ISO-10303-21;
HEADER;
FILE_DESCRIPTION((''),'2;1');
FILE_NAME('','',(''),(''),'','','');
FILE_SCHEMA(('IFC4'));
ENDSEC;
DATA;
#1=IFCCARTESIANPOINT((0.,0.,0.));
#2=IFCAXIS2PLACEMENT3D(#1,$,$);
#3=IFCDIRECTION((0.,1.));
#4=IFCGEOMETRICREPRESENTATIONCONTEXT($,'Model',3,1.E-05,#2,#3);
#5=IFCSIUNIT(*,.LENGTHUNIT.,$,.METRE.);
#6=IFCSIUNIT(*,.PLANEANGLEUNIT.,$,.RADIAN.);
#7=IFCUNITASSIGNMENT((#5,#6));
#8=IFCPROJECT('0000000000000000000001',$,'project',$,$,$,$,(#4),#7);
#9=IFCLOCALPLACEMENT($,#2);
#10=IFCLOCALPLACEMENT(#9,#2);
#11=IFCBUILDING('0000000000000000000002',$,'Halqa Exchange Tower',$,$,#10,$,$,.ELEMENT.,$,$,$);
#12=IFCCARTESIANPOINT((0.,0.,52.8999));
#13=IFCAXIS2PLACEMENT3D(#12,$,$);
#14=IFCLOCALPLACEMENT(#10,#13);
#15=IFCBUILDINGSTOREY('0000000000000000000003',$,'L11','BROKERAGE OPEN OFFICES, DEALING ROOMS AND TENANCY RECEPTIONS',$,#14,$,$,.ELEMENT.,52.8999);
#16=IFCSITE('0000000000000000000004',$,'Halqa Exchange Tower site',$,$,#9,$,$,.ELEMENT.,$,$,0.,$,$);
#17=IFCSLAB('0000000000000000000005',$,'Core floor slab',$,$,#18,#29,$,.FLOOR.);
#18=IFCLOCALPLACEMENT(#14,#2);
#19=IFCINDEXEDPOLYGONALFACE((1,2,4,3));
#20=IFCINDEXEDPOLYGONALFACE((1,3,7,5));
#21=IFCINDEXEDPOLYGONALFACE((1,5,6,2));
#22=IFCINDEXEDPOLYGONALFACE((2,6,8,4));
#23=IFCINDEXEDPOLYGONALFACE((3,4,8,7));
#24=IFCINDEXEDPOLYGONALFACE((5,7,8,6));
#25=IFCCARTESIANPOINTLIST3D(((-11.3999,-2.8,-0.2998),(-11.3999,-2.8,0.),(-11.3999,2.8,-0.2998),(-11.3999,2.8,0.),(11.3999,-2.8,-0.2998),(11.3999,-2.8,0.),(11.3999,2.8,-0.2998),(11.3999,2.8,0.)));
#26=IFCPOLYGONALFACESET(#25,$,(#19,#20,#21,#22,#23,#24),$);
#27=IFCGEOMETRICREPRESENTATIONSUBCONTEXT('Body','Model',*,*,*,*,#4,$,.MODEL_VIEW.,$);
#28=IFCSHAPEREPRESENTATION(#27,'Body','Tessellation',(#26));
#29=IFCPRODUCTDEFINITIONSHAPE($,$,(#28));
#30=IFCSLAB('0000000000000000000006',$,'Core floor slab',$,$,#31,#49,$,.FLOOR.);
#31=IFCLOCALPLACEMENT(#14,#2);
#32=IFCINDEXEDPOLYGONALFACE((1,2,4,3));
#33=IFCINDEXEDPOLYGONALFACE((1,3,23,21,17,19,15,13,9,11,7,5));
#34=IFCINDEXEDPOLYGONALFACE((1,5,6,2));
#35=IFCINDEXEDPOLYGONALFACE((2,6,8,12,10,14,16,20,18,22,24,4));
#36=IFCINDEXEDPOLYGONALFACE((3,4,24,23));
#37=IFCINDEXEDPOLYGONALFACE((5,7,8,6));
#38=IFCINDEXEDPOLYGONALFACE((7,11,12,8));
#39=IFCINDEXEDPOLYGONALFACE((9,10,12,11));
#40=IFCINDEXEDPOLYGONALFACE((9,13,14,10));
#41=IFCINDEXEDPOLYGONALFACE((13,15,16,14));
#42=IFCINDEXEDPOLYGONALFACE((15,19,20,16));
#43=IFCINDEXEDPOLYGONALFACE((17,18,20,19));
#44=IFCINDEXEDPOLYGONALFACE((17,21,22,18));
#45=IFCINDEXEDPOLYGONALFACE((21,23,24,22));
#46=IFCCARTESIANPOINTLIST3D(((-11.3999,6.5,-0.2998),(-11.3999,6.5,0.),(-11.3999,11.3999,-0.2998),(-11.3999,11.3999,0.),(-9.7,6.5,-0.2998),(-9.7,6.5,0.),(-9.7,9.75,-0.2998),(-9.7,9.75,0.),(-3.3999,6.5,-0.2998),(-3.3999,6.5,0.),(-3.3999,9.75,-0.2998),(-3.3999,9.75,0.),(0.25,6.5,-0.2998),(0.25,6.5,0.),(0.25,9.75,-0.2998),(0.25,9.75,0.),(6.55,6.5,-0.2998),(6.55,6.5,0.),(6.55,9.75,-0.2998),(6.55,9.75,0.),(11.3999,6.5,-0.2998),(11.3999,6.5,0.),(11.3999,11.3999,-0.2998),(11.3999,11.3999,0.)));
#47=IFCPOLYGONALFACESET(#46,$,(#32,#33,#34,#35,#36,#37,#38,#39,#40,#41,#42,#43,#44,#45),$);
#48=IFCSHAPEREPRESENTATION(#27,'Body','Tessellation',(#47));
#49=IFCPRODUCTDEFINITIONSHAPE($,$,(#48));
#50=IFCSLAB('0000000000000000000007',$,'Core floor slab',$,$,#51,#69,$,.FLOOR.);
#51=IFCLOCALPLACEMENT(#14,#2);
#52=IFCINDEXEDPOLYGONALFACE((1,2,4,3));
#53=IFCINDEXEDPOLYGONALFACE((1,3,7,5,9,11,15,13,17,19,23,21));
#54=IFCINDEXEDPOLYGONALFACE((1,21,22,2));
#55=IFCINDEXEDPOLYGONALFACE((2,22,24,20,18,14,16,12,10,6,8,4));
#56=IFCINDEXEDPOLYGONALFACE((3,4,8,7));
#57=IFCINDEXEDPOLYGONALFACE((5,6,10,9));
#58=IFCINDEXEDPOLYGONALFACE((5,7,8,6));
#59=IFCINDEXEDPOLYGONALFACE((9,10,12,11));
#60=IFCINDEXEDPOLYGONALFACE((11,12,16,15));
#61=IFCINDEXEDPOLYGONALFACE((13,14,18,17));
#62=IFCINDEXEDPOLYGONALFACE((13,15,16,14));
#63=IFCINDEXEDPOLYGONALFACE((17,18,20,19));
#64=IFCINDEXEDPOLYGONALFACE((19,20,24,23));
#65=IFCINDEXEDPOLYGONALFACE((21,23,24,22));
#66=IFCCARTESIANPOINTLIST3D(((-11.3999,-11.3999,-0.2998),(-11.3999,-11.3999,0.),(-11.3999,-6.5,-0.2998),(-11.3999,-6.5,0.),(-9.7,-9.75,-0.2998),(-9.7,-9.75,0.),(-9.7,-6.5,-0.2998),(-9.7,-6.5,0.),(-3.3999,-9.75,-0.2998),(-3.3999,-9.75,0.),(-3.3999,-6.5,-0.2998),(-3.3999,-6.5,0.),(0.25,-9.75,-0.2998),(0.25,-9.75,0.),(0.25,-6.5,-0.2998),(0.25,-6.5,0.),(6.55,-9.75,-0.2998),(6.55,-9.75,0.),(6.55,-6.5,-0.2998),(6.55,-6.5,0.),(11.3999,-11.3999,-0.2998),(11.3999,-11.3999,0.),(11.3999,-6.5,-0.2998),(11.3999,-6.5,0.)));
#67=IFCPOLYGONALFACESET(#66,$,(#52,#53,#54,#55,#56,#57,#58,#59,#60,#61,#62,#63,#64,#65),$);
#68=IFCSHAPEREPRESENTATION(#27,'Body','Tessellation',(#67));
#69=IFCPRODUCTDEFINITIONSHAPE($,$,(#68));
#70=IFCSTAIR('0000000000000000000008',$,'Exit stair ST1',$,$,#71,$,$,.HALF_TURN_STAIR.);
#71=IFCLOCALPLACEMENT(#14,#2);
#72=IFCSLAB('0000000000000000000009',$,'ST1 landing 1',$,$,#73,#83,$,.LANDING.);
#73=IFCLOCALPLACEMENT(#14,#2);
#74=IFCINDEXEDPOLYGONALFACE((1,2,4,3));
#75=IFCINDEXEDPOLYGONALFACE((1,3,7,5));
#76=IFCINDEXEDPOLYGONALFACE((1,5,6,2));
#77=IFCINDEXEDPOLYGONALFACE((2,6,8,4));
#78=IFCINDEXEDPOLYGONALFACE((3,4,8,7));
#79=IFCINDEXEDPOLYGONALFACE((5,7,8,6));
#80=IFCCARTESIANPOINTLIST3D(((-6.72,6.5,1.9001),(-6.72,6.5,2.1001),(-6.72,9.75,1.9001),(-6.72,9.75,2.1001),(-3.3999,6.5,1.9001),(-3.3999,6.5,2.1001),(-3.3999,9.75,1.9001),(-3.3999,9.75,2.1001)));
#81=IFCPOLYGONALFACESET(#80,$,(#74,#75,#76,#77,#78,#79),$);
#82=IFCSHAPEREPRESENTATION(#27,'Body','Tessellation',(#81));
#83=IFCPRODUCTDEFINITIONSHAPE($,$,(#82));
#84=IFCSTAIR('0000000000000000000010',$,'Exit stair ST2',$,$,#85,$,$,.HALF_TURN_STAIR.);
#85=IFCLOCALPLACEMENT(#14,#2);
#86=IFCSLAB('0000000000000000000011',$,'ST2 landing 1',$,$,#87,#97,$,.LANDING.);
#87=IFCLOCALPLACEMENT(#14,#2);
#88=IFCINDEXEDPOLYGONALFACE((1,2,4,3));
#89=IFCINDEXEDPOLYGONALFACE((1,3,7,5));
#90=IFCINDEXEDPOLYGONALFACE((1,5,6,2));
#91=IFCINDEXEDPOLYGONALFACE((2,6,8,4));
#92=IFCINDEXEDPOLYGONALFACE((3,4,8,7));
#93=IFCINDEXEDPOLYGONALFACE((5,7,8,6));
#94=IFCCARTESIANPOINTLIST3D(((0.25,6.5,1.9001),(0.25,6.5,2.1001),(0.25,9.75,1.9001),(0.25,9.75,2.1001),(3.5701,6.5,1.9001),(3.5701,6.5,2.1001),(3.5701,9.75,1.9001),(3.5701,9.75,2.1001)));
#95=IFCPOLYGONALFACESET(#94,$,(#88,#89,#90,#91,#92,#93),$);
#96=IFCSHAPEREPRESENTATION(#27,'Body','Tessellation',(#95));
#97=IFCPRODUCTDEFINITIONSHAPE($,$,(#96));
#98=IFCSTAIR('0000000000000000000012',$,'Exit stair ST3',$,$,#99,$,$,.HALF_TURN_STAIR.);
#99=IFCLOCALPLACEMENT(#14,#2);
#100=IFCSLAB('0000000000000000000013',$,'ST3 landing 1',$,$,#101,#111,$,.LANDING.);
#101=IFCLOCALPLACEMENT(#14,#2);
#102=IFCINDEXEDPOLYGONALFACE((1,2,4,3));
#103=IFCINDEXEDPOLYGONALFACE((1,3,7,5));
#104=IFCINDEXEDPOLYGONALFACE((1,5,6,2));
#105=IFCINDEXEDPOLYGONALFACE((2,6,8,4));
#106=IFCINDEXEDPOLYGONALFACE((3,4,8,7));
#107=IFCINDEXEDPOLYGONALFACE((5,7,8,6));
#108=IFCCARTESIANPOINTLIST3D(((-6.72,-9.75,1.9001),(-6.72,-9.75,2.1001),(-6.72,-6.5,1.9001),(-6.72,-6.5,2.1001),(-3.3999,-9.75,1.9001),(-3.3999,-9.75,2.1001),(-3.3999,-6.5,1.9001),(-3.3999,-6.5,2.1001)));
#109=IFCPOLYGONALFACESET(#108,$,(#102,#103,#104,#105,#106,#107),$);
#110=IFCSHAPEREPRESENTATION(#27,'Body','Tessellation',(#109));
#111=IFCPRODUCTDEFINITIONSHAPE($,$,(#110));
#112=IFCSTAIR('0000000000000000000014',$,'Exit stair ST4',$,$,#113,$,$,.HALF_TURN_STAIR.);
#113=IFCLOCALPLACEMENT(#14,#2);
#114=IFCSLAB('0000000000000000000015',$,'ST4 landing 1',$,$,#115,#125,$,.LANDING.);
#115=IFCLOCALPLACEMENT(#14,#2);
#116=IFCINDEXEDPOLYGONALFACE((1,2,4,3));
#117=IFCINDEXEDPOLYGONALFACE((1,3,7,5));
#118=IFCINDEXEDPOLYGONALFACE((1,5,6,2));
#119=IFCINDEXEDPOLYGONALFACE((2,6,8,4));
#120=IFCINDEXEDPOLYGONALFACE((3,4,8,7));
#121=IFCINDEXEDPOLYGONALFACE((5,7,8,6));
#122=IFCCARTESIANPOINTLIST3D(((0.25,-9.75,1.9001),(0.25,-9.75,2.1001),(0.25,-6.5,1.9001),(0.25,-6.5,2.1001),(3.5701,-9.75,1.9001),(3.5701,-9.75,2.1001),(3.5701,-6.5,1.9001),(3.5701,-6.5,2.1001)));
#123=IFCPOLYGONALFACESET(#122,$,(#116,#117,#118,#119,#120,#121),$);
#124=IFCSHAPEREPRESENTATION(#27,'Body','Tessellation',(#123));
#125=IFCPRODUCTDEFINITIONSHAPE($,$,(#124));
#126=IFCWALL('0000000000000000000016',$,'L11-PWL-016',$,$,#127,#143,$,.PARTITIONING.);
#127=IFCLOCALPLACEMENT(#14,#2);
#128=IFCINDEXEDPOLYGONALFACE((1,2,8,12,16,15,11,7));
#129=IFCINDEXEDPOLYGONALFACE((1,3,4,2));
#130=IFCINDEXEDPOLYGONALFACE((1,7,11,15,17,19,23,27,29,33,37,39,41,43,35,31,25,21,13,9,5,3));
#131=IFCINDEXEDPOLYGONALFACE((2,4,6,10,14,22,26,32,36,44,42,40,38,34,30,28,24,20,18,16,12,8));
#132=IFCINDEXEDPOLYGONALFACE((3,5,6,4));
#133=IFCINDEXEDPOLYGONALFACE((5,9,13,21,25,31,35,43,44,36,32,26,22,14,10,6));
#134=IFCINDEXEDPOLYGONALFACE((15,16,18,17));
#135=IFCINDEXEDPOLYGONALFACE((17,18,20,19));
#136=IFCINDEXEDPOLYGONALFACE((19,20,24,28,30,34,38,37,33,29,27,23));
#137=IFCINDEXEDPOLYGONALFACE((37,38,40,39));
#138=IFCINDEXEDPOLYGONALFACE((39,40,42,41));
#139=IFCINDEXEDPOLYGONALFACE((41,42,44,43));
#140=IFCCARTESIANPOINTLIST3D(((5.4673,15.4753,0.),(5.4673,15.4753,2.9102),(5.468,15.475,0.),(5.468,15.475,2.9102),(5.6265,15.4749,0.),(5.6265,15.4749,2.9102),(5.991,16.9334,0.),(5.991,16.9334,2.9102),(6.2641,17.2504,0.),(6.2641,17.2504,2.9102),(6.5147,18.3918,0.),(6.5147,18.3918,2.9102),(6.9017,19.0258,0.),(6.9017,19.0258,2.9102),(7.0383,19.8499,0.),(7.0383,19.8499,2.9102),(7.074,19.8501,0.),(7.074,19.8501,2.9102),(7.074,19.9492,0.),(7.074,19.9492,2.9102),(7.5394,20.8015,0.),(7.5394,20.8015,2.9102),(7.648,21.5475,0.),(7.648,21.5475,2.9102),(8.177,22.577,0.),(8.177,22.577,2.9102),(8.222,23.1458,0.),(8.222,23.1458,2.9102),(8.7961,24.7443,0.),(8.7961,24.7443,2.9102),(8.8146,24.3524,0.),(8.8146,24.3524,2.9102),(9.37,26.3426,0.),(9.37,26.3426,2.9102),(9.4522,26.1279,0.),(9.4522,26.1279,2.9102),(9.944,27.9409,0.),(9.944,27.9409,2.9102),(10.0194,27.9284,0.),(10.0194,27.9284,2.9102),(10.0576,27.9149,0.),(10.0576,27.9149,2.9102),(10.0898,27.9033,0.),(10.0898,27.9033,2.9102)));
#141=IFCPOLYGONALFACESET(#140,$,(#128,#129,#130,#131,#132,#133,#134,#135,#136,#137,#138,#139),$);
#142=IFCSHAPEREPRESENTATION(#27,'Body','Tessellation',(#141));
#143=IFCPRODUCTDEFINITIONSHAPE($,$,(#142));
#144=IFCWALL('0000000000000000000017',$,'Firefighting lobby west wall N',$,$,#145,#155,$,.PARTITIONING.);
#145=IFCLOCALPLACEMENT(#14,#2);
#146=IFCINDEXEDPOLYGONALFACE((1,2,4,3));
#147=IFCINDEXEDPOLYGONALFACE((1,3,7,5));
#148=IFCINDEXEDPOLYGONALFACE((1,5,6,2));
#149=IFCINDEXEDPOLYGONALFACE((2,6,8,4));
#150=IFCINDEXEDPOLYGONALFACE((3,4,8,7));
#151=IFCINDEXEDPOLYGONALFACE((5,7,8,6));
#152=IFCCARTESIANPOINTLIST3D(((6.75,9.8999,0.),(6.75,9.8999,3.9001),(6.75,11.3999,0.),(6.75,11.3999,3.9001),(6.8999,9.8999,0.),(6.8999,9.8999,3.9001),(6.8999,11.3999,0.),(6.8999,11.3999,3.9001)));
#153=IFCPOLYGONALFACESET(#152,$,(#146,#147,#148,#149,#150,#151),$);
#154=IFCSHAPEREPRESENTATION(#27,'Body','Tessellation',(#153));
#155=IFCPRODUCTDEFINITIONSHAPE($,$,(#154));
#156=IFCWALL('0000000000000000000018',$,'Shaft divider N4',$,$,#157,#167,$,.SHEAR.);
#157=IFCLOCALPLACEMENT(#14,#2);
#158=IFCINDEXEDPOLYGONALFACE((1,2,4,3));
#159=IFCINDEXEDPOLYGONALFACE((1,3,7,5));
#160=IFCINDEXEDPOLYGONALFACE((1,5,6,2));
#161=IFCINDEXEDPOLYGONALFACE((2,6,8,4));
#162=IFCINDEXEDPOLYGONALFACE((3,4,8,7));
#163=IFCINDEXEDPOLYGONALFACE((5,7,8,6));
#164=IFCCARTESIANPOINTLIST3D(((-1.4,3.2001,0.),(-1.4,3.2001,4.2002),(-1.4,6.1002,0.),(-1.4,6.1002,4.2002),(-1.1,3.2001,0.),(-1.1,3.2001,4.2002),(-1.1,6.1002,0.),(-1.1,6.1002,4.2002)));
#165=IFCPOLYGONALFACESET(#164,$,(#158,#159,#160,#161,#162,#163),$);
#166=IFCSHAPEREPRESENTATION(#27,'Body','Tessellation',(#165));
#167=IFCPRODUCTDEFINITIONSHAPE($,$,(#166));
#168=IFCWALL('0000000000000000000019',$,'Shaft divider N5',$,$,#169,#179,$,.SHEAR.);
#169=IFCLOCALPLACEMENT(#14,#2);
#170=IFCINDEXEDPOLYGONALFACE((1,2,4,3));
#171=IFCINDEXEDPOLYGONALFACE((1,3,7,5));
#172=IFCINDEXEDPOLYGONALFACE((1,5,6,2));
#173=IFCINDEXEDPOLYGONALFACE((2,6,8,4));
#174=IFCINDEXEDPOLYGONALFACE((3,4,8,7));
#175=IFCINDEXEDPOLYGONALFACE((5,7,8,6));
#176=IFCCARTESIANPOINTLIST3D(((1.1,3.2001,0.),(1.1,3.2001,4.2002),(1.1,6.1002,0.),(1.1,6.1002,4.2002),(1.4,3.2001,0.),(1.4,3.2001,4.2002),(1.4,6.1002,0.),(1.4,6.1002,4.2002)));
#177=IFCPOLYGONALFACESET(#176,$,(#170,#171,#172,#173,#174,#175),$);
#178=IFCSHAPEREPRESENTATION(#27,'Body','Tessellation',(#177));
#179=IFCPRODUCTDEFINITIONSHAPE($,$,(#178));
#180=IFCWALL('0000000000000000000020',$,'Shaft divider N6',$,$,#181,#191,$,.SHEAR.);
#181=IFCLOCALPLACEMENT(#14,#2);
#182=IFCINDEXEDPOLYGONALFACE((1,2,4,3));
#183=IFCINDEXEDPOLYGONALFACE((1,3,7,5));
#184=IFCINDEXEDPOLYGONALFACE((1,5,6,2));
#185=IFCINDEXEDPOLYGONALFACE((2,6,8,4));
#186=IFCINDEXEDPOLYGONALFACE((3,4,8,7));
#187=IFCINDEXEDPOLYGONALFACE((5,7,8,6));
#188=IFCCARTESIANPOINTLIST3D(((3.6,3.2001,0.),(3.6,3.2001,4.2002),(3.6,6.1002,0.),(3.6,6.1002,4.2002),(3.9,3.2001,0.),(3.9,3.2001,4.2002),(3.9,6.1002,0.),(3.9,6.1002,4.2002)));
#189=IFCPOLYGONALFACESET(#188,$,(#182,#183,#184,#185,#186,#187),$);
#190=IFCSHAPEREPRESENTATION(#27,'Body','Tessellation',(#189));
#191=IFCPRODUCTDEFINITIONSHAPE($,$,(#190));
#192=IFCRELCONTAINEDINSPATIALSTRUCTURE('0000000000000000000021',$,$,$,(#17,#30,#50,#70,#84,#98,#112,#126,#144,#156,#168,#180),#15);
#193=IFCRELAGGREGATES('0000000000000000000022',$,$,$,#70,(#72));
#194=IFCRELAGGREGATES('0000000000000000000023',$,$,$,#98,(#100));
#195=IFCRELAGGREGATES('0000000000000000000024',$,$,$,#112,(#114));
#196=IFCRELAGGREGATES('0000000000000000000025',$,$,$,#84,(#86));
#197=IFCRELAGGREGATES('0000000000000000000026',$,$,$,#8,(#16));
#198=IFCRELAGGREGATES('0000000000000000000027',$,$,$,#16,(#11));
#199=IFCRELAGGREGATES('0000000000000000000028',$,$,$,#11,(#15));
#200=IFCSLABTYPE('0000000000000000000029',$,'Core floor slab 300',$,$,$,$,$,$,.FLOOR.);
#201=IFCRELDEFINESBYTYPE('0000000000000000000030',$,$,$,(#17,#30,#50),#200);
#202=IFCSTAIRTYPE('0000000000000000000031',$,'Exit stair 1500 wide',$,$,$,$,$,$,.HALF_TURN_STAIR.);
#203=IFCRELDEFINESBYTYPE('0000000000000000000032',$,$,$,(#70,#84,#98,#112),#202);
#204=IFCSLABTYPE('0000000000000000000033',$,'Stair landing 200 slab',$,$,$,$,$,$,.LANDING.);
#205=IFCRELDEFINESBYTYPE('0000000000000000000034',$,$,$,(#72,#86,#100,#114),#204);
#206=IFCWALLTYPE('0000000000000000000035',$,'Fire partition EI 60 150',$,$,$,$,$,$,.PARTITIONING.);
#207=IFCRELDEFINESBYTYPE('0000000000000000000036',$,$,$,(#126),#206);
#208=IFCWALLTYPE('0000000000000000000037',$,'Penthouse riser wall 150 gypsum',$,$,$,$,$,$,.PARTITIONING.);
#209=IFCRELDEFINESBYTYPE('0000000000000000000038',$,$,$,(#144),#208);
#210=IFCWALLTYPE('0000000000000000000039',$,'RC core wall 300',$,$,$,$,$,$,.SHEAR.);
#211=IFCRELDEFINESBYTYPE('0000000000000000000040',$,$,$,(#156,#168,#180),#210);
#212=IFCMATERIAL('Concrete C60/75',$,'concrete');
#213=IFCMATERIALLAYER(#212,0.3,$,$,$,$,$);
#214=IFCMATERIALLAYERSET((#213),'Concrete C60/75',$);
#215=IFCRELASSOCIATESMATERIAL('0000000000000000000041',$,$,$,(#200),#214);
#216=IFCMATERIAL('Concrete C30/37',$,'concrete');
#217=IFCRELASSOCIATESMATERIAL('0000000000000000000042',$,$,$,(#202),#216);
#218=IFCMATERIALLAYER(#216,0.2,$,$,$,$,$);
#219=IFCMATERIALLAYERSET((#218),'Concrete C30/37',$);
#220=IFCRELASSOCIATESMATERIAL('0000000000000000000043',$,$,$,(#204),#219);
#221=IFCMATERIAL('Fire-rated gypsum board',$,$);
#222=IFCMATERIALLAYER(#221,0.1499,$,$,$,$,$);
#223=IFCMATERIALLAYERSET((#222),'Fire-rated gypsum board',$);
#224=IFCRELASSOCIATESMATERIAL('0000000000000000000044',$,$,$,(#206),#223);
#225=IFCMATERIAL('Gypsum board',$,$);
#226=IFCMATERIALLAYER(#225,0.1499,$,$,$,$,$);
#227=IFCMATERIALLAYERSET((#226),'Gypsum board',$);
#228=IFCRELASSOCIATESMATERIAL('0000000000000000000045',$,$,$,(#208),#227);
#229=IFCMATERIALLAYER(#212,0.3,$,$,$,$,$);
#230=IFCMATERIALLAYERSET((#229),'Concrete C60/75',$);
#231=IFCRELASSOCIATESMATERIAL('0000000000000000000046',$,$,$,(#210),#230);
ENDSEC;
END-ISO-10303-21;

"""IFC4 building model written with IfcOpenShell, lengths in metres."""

from ifc_helpers import new_model, si_unit, direction, frame, frame_2d, origin, place, context, subcontext, project, spatial, polyline, rectangle, outline, extrude, material, layer, layer_set, type_object, element, aggregate, save


model = new_model("IFC4")

# Units and contexts
model_context = context("Model", 3, precision=1e-05, world=origin(), true_north=direction((0.0, 1.0)))
body_context = subcontext(model_context, "Body", "Model", "MODEL_VIEW")
ifc_project = project(units=[si_unit("LENGTHUNIT", "METRE"), si_unit("PLANEANGLEUNIT", "RADIAN")], contexts=[model_context])

# Site, building, storey
site_placement = place(None, origin())
site = spatial("IfcSite", under=ifc_project, at=site_placement, Name="Halqa Exchange Tower site", CompositionType="ELEMENT", RefElevation=0.0)
building_placement = place(site_placement, origin())
building = spatial("IfcBuilding", under=site, at=building_placement, Name="Halqa Exchange Tower", CompositionType="ELEMENT")
storey_placement = place(building_placement, frame((0.0, 0.0, 52.8999)))
storey = spatial("IfcBuildingStorey", under=building, at=storey_placement, Name="L11", Description="BROKERAGE OPEN OFFICES, DEALING ROOMS AND TENANCY RECEPTIONS", CompositionType="ELEMENT", Elevation=52.8999)

# Shared definitions
ifc_material_1 = material(Name="Concrete C60/75", Category="concrete")

# Slabs
ifc_layer_1 = layer(ifc_material_1, 0.3)
ifc_layer_set_1 = layer_set([ifc_layer_1], Name="Concrete C60/75")
slab_type_1 = type_object("IfcSlabType", Name="Core floor slab 300", PredefinedType="FLOOR", material=ifc_layer_set_1)
slab_1_placement = place(storey_placement, frame((0.0, 0.0, -0.2998)))
element("IfcSlab", 1, at=slab_1_placement, inside=storey, type_object=slab_type_1, Name="Core floor slab", PredefinedType="FLOOR", context=body_context, shape_type="SweptSolid", body=[
    extrude(outline(polyline([(-11.3999, 2.8), (11.3999, 2.8), (11.3999, -2.8), (-11.3999, -2.8), (-11.3999, 2.8)])), origin(), (0.0, 0.0, 1.0), 0.2998),
])
slab_2_placement = place(storey_placement, frame((0.0, 0.0, -0.2998)))
element("IfcSlab", 2, at=slab_2_placement, inside=storey, type_object=slab_type_1, Name="Core floor slab", PredefinedType="FLOOR", context=body_context, shape_type="SweptSolid", body=[
    extrude(outline(polyline([(-11.3999, 11.3999), (11.3999, 11.3999), (11.3999, 6.5), (6.55, 6.5), (6.55, 9.75), (0.25, 9.75), (0.25, 6.5), (-3.3999, 6.5), (-3.3999, 9.75), (-9.7, 9.75), (-9.7, 6.5), (-11.3999, 6.5), (-11.3999, 11.3999)])), origin(), (0.0, 0.0, 1.0), 0.2998),
])
slab_3_placement = place(storey_placement, frame((0.0, 0.0, -0.2998)))
element("IfcSlab", 3, at=slab_3_placement, inside=storey, type_object=slab_type_1, Name="Core floor slab", PredefinedType="FLOOR", context=body_context, shape_type="SweptSolid", body=[
    extrude(outline(polyline([(-9.7, -9.75), (-3.3999, -9.75), (-3.3999, -6.5), (0.25, -6.5), (0.25, -9.75), (6.55, -9.75), (6.55, -6.5), (11.3999, -6.5), (11.3999, -11.3999), (-11.3999, -11.3999), (-11.3999, -6.5), (-9.7, -6.5), (-9.7, -9.75)])), origin(), (0.0, 0.0, 1.0), 0.2998),
])

# Stairs, slabs
ifc_material_2 = material(Name="Concrete C30/37", Category="concrete")
stair_type = type_object("IfcStairType", Name="Exit stair 1500 wide", PredefinedType="HALF_TURN_STAIR", material=ifc_material_2)
stair_1_placement = place(storey_placement, origin())
stair_1 = element("IfcStair", 4, at=stair_1_placement, inside=storey, type_object=stair_type, Name="Exit stair ST1", PredefinedType="HALF_TURN_STAIR")
ifc_layer_2 = layer(ifc_material_2, 0.2)
ifc_layer_set_2 = layer_set([ifc_layer_2], Name="Concrete C30/37")
slab_type_2 = type_object("IfcSlabType", Name="Stair landing 200 slab", PredefinedType="LANDING", material=ifc_layer_set_2)
slab_4_placement = place(storey_placement, frame((0.0, 0.0, 1.9001)))
slab_4 = element("IfcSlab", 5, at=slab_4_placement, type_object=slab_type_2, Name="ST1 landing 1", PredefinedType="LANDING", context=body_context, shape_type="SweptSolid", body=[
    extrude(outline(polyline([(-6.72, 6.5), (-3.3999, 6.5), (-3.3999, 9.75), (-6.72, 9.75), (-6.72, 6.5)])), origin(), (0.0, 0.0, 1.0), 0.2),
])
aggregate(stair_1, [slab_4])
stair_2_placement = place(storey_placement, origin())
stair_2 = element("IfcStair", 6, at=stair_2_placement, inside=storey, type_object=stair_type, Name="Exit stair ST2", PredefinedType="HALF_TURN_STAIR")
slab_5_placement = place(storey_placement, frame((0.0, 0.0, 1.9001)))
slab_5 = element("IfcSlab", 7, at=slab_5_placement, type_object=slab_type_2, Name="ST2 landing 1", PredefinedType="LANDING", context=body_context, shape_type="SweptSolid", body=[
    extrude(outline(polyline([(0.25, 6.5), (3.5701, 6.5), (3.5701, 9.75), (0.25, 9.75), (0.25, 6.5)])), origin(), (0.0, 0.0, 1.0), 0.2),
])
stair_3_placement = place(storey_placement, origin())
stair_3 = element("IfcStair", 8, at=stair_3_placement, inside=storey, type_object=stair_type, Name="Exit stair ST3", PredefinedType="HALF_TURN_STAIR")
slab_6_placement = place(storey_placement, frame((0.0, 0.0, 1.9001)))
slab_6 = element("IfcSlab", 9, at=slab_6_placement, type_object=slab_type_2, Name="ST3 landing 1", PredefinedType="LANDING", context=body_context, shape_type="SweptSolid", body=[
    extrude(outline(polyline([(-6.72, -9.75), (-3.3999, -9.75), (-3.3999, -6.5), (-6.72, -6.5), (-6.72, -9.75)])), origin(), (0.0, 0.0, 1.0), 0.2),
])
aggregate(stair_3, [slab_6])
stair_4_placement = place(storey_placement, origin())
stair_4 = element("IfcStair", 10, at=stair_4_placement, inside=storey, type_object=stair_type, Name="Exit stair ST4", PredefinedType="HALF_TURN_STAIR")
slab_7_placement = place(storey_placement, frame((0.0, 0.0, 1.9001)))
slab_7 = element("IfcSlab", 11, at=slab_7_placement, type_object=slab_type_2, Name="ST4 landing 1", PredefinedType="LANDING", context=body_context, shape_type="SweptSolid", body=[
    extrude(outline(polyline([(0.25, -9.75), (3.5701, -9.75), (3.5701, -6.5), (0.25, -6.5), (0.25, -9.75)])), origin(), (0.0, 0.0, 1.0), 0.2),
])
aggregate(stair_4, [slab_7])

# Walls
ifc_material_3 = material(Name="Fire-rated gypsum board")
ifc_layer_3 = layer(ifc_material_3, 0.1499)
ifc_layer_set_3 = layer_set([ifc_layer_3], Name="Fire-rated gypsum board")
wall_type_1 = type_object("IfcWallType", Name="Fire partition EI 60 150", PredefinedType="PARTITIONING", material=ifc_layer_set_3)
wall_1_placement = place(storey_placement, frame((5.5378, 15.45, 0.0), z_axis=(0.0, 0.0, 1.0), x_axis=(0.337991, 0.941149, 0.0)))
element("IfcWall", 12, at=wall_1_placement, inside=storey, type_object=wall_type_1, Name="L11-PWL-016", PredefinedType="PARTITIONING", context=body_context, shape_type="SweptSolid", body=[
    extrude(outline(polyline([(13.259, -0.075), (13.259, -0.0408), (13.2588, -0.0002), (13.2451, 0.075), (11.5469, 0.075), (9.8486, 0.075), (8.1501, 0.075), (6.4519, 0.075), (4.7537, 0.075), (4.6604, 0.0415), (4.6482, 0.075), (3.0989, 0.075), (1.5493, 0.075), (0.0, 0.075), (0.0, 0.0742), (0.0535, -0.075), (1.9399, -0.075), (3.8264, -0.075), (5.7131, -0.075), (7.5996, -0.075), (9.4861, -0.075), (11.3726, -0.075), (13.259, -0.075)])), origin(), (0.0, 0.0, 1.0), 2.9102),
])
ifc_material_4 = material(Name="Gypsum board")
ifc_layer_4 = layer(ifc_material_4, 0.1499)
ifc_layer_set_4 = layer_set([ifc_layer_4], Name="Gypsum board")
wall_type_2 = type_object("IfcWallType", Name="Penthouse riser wall 150 gypsum", PredefinedType="PARTITIONING", material=ifc_layer_set_4)
wall_2_placement = place(storey_placement, frame((6.825, 9.8999, 0.0), z_axis=(0.0, 0.0, 1.0), x_axis=(0.0, 1.0, 0.0)))
element("IfcWall", 13, at=wall_2_placement, inside=storey, type_object=wall_type_2, Name="Firefighting lobby west wall N", PredefinedType="PARTITIONING", context=body_context, shape_type="SweptSolid", body=[
    extrude(rectangle(XDim=1.5, YDim=0.1499, at=frame_2d((0.75, 0.0))), origin(), (0.0, 0.0, 1.0), 3.9001),
])
ifc_layer_5 = layer(ifc_material_1, 0.3)
ifc_layer_set_5 = layer_set([ifc_layer_5], Name="Concrete C60/75")
wall_type_3 = type_object("IfcWallType", Name="RC core wall 300", PredefinedType="SHEAR", material=ifc_layer_set_5)
for number, where, z_axis, x_axis, name in (
    (14, (-1.25, 3.2, 0.0), (0.0, 0.0, 1.0), (0.0, 1.0, 0.0), "Shaft divider N4"),
    (15, (1.25, 3.2, 0.0), (0.0, 0.0, 1.0), (0.0, 1.0, 0.0), "Shaft divider N5"),
    (16, (3.75, 3.2, 0.0), (0.0, 0.0, 1.0), (0.0, 1.0, 0.0), "Shaft divider N6"),
):
    element("IfcWall", number, at=place(storey_placement, frame(where, z_axis=z_axis, x_axis=x_axis)), inside=storey, type_object=wall_type_3, Name=name, PredefinedType="SHEAR", context=body_context, shape_type="SweptSolid", body=[
        extrude(rectangle(XDim=2.9001, YDim=0.3, at=frame_2d((1.4502, 0.0))), origin(), (0.0, 0.0, 1.0), 4.2002),
    ])

aggregate(stair_2, [slab_5])

save(model, "model.ifc")
